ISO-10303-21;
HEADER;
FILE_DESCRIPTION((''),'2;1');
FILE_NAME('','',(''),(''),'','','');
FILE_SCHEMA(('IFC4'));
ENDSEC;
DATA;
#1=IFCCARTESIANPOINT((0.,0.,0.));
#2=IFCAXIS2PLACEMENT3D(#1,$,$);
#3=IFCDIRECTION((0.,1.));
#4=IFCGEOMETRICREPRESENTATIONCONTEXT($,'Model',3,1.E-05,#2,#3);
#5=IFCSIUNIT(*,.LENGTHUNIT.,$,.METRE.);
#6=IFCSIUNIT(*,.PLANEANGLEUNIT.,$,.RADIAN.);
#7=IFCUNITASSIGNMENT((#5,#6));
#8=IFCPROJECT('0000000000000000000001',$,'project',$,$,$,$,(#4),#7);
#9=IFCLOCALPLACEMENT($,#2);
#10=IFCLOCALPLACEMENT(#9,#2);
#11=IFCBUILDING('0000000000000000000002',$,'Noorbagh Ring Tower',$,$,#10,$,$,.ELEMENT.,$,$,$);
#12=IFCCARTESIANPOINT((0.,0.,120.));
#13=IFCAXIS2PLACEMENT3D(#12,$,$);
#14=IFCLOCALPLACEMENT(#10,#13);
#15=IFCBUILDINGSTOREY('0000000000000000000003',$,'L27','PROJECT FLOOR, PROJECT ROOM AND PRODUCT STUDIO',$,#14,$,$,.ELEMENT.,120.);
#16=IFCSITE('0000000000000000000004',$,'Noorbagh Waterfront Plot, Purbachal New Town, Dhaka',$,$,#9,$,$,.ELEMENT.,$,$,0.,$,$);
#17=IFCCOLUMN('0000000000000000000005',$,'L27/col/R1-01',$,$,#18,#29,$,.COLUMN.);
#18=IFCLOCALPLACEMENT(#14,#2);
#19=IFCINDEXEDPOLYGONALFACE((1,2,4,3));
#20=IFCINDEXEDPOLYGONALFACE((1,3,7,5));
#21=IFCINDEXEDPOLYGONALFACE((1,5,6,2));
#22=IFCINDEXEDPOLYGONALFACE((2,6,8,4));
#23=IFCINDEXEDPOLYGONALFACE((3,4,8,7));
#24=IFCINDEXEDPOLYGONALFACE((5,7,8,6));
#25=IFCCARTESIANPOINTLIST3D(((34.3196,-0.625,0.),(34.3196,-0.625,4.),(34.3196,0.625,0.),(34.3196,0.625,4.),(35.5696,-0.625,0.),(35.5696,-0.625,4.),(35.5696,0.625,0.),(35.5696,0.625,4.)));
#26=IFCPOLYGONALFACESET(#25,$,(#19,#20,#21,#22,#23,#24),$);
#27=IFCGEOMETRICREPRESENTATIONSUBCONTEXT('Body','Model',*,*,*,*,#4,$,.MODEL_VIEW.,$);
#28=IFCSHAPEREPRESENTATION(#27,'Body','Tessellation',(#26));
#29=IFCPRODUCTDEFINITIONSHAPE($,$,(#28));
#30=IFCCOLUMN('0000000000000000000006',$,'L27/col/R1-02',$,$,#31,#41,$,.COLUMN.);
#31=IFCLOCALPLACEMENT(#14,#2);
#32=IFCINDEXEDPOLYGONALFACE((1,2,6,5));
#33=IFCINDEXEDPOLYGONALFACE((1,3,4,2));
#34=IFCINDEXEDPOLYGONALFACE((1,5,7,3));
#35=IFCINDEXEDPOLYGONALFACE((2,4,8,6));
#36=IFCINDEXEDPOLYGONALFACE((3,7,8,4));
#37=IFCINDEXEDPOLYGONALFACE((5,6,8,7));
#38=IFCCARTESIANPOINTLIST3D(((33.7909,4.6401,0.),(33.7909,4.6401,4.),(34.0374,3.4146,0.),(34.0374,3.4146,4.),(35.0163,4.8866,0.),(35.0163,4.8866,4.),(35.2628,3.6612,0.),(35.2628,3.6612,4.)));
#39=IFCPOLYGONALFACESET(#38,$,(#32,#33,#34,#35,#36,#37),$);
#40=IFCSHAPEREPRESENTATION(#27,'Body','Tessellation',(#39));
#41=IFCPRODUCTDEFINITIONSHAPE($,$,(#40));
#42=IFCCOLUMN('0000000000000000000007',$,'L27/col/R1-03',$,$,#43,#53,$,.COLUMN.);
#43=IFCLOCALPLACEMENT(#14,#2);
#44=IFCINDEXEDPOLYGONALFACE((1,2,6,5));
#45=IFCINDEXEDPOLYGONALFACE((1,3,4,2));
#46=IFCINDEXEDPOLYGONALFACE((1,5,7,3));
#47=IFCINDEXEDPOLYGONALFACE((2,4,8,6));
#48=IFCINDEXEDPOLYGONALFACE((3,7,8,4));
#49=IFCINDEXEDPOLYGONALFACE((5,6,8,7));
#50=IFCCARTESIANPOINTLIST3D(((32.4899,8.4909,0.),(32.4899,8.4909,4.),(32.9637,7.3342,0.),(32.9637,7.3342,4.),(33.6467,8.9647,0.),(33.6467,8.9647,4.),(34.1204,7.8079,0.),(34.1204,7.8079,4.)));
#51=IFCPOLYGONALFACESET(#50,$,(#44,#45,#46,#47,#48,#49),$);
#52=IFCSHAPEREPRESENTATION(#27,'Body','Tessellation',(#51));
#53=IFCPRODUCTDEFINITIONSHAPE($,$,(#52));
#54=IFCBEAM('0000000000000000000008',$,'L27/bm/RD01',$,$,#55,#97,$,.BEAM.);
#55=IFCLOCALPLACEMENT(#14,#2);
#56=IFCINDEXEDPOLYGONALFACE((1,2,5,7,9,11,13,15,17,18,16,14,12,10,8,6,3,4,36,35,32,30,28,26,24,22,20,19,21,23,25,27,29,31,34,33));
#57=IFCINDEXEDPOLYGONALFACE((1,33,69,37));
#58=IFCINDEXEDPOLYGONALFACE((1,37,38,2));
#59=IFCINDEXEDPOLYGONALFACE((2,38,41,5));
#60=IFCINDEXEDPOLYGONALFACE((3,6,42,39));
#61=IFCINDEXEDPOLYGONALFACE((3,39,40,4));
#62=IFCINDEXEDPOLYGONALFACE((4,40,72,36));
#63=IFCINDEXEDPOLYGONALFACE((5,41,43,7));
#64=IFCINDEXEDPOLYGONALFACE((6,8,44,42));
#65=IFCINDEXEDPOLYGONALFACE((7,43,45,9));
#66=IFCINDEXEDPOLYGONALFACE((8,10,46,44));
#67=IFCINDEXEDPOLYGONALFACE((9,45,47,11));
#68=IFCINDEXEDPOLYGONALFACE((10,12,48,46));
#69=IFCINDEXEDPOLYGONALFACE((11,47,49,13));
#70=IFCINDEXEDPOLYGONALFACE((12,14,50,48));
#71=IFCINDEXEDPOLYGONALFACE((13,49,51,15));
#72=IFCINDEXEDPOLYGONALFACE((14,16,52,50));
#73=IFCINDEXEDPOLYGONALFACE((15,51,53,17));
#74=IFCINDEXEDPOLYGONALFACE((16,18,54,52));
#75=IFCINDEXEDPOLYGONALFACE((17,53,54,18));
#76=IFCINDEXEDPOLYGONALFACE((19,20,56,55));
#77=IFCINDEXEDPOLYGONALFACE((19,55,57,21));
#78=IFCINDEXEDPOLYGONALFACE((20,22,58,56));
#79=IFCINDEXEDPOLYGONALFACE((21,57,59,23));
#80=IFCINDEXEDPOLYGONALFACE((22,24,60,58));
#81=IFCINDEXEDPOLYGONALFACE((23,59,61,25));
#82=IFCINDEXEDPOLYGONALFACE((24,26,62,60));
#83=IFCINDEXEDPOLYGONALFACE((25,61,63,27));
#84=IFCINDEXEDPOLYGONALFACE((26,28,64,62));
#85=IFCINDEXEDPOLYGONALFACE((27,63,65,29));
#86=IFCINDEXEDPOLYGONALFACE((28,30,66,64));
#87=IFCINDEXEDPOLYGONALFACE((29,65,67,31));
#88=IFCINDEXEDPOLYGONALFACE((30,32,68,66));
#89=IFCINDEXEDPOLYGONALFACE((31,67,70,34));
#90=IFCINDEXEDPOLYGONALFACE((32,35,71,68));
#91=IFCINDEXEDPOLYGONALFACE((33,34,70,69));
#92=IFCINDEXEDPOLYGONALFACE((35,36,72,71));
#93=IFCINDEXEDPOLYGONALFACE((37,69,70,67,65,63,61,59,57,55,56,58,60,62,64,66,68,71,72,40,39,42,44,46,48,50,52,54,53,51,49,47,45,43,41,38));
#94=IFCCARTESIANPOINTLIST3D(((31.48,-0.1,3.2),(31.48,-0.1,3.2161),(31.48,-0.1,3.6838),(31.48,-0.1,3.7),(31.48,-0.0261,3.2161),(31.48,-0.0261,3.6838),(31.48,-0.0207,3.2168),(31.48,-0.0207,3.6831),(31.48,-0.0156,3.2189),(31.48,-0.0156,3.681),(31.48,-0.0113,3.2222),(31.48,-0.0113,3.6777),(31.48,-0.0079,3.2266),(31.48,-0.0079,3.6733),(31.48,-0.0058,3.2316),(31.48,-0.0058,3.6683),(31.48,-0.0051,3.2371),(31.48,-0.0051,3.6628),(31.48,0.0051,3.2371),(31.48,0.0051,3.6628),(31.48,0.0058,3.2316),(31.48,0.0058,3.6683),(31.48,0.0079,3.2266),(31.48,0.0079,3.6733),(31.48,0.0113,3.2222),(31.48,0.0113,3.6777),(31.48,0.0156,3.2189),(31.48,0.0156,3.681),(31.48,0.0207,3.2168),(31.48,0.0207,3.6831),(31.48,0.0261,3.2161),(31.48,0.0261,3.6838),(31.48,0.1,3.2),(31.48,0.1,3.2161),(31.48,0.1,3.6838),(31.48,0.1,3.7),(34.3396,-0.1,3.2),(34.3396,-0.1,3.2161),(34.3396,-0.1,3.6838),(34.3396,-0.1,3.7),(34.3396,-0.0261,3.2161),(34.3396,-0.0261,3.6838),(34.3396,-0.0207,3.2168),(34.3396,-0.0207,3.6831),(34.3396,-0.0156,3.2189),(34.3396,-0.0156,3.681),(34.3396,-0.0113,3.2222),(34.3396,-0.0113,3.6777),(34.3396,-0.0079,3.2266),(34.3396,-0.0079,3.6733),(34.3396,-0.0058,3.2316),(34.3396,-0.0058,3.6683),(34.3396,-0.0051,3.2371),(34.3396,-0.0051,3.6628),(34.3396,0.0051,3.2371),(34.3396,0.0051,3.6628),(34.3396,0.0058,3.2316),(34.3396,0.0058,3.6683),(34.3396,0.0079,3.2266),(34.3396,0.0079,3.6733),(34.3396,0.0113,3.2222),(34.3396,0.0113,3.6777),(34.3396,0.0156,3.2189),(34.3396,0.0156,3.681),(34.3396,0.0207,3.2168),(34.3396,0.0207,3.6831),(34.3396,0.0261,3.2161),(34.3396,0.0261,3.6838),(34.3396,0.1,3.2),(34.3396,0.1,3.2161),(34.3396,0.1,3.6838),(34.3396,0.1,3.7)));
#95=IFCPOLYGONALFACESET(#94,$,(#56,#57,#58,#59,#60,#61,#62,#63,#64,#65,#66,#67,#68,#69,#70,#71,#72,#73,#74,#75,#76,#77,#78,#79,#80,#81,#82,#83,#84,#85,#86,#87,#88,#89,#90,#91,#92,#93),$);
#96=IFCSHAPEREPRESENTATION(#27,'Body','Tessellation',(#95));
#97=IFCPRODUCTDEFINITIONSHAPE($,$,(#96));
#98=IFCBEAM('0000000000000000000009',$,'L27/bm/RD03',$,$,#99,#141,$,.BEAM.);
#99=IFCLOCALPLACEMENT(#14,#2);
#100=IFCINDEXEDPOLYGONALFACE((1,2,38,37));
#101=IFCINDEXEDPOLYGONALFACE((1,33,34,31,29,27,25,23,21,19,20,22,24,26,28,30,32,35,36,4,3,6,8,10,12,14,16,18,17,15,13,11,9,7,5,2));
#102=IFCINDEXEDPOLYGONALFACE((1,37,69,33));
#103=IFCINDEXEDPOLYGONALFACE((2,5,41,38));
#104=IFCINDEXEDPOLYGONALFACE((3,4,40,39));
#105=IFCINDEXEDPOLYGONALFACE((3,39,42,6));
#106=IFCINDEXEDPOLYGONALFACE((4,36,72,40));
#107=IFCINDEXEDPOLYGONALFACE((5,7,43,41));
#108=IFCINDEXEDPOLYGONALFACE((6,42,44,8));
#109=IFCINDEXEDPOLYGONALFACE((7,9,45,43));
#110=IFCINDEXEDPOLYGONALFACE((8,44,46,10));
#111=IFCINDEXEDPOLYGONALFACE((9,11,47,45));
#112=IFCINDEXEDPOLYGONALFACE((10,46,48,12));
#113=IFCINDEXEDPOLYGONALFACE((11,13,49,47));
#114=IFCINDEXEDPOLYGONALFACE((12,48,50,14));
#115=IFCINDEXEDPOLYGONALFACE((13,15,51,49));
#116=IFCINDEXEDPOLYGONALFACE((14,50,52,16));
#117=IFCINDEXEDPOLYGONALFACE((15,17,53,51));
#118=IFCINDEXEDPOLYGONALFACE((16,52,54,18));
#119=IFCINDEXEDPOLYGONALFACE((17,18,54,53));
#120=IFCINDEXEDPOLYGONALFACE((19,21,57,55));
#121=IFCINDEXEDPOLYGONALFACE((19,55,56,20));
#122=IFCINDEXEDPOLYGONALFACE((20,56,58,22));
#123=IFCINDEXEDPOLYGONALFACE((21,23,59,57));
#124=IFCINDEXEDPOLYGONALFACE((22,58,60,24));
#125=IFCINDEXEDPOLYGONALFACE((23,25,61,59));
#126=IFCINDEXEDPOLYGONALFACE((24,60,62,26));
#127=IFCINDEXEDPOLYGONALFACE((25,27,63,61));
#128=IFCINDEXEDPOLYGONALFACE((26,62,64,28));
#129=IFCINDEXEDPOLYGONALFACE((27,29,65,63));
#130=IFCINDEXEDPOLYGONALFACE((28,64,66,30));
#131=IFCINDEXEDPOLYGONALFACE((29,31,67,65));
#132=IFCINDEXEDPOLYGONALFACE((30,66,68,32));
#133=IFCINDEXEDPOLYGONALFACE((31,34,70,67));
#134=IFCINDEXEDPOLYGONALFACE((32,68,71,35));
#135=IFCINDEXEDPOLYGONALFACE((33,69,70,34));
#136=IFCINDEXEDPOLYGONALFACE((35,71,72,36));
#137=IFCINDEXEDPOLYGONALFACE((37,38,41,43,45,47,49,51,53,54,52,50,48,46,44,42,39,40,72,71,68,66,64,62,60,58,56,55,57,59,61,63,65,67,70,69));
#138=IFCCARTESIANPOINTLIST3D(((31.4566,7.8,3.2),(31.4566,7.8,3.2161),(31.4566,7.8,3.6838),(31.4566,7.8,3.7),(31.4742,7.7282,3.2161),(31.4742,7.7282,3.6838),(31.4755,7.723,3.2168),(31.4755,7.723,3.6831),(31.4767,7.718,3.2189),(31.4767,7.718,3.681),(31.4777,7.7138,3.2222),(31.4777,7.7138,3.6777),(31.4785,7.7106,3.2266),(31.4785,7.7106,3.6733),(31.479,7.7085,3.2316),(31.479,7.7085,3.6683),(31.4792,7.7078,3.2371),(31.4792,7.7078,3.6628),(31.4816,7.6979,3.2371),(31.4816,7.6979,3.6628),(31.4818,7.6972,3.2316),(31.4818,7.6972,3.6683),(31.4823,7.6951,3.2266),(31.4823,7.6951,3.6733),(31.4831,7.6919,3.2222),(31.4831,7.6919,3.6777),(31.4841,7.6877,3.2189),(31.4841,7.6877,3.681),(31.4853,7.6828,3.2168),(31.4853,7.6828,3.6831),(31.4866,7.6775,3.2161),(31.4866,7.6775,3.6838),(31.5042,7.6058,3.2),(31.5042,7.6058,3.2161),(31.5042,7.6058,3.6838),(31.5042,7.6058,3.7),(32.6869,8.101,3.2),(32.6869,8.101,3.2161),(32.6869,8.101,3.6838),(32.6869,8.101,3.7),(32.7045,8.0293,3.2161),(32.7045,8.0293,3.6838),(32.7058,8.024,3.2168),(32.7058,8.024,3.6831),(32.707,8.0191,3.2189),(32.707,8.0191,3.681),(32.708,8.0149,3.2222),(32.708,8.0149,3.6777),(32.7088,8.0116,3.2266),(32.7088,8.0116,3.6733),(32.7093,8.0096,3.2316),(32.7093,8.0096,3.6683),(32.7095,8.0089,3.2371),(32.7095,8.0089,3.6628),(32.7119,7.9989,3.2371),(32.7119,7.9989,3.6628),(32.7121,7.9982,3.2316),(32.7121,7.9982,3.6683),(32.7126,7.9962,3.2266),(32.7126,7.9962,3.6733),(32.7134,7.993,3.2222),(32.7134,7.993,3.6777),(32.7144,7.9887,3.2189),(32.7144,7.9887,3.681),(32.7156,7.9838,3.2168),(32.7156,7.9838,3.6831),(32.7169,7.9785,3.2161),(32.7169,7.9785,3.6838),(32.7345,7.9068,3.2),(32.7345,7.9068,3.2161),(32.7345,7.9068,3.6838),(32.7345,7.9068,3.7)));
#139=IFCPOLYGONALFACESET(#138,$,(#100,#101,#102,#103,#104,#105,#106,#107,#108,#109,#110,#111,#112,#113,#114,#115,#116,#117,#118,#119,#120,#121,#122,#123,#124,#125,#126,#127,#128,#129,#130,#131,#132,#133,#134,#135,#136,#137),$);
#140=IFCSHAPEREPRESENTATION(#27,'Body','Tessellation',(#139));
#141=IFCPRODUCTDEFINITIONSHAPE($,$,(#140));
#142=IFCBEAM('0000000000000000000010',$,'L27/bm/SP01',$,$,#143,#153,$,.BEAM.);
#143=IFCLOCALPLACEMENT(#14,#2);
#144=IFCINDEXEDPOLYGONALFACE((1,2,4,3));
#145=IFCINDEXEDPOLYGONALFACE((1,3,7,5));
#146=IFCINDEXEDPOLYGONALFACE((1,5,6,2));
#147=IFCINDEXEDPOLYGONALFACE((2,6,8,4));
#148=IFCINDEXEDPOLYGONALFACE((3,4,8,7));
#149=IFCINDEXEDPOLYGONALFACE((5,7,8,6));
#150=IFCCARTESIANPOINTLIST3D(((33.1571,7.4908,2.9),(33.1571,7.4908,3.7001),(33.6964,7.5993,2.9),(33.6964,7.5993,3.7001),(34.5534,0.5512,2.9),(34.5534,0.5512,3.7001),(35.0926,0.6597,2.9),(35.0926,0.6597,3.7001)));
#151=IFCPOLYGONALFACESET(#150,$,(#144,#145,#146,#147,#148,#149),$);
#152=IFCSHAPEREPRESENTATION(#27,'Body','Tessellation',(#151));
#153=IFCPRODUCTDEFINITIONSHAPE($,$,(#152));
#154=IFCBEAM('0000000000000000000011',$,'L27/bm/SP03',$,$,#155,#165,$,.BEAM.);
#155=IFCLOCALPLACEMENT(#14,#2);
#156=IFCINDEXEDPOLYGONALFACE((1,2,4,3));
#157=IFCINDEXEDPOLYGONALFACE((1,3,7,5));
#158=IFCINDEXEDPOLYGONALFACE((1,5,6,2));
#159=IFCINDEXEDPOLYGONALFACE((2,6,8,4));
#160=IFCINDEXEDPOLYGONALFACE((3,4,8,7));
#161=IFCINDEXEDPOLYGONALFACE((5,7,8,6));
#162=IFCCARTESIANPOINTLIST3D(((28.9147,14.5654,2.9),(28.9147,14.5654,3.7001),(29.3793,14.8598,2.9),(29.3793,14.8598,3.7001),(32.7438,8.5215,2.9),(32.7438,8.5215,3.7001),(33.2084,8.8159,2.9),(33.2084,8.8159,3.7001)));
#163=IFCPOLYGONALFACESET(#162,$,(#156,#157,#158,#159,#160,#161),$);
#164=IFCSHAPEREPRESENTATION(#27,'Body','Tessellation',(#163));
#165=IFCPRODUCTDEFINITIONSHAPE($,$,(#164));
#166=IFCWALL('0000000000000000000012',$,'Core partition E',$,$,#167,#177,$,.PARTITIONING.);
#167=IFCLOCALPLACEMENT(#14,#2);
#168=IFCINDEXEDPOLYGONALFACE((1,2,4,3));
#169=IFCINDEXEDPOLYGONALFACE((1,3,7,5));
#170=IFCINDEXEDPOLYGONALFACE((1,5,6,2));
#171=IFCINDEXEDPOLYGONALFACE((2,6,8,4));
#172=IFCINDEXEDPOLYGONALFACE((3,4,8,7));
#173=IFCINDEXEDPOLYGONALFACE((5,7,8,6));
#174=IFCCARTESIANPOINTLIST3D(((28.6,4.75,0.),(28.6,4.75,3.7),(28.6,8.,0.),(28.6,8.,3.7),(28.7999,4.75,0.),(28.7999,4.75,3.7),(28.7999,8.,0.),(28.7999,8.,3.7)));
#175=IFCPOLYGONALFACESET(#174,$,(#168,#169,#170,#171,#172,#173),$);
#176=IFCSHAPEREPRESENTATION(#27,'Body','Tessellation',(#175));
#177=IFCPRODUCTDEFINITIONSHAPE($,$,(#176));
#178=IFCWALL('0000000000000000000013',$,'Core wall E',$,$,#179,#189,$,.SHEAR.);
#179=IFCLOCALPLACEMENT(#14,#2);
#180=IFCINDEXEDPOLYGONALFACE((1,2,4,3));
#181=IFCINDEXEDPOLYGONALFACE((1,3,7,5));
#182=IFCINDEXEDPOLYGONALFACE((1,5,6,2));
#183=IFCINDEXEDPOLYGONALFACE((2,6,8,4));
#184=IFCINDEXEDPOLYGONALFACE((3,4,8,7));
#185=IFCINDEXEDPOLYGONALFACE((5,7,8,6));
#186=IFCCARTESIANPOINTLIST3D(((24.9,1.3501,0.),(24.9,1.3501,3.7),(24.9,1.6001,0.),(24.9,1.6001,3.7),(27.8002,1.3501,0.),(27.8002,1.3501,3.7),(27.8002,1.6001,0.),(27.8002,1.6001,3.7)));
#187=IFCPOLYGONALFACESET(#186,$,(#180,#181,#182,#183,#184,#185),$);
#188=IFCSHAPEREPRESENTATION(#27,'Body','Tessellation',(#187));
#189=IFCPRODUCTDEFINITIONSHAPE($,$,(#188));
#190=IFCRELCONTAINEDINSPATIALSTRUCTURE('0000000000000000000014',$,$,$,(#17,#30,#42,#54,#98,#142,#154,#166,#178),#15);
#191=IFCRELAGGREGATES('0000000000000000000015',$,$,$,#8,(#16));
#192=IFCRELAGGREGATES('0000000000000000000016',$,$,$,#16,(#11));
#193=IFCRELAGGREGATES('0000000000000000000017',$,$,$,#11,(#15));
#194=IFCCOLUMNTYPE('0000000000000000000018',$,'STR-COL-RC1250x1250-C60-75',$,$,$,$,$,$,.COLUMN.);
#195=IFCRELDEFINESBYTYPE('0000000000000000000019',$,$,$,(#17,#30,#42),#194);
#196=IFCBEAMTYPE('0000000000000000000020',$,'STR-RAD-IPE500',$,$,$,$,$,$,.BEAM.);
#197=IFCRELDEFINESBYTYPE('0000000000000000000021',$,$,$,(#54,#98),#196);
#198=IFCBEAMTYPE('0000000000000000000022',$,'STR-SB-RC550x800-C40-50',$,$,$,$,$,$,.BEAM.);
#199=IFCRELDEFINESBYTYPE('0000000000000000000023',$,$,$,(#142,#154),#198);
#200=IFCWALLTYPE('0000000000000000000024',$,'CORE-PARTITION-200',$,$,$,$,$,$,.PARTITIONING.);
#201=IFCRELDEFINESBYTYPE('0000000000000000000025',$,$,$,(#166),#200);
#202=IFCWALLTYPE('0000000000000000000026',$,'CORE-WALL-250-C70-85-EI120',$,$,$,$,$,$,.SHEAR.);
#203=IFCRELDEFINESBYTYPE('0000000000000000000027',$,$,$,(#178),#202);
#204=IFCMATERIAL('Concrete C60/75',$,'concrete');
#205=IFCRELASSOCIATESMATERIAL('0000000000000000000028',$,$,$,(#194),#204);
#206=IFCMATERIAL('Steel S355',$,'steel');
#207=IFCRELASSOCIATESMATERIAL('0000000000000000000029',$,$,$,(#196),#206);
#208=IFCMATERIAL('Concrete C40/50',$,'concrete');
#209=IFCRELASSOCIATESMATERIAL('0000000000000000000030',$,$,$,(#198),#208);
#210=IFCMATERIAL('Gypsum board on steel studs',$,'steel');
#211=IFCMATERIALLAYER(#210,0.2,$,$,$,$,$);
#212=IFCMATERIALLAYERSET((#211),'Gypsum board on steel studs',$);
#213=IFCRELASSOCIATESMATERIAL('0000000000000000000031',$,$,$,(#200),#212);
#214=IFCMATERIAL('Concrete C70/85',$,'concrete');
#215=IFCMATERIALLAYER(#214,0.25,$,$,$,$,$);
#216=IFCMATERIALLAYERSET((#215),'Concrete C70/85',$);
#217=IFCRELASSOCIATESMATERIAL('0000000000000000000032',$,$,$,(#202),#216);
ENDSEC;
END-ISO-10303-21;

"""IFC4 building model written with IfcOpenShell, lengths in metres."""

from ifc_helpers import new_model, si_unit, direction, frame, frame_2d, origin, origin_2d, place, context, subcontext, project, spatial, rectangle, i_section, extrude, material, layer, layer_set, material_profile, profile_set, type_object, element, save


model = new_model("IFC4")

# Units and contexts
model_context = context("Model", 3, precision=1e-05, world=origin(), true_north=direction((0.0, 1.0)))
body_context = subcontext(model_context, "Body", "Model", "MODEL_VIEW")
ifc_project = project(units=[si_unit("LENGTHUNIT", "METRE"), si_unit("PLANEANGLEUNIT", "RADIAN")], contexts=[model_context])

# Site, building, storey
site_placement = place(None, origin())
site = spatial("IfcSite", under=ifc_project, at=site_placement, Name="Noorbagh Waterfront Plot, Purbachal New Town, Dhaka", CompositionType="ELEMENT", RefElevation=0.0)
building_placement = place(site_placement, origin())
building = spatial("IfcBuilding", under=site, at=building_placement, Name="Noorbagh Ring Tower", CompositionType="ELEMENT")
storey_placement = place(building_placement, frame((0.0, 0.0, 120.0)))
storey = spatial("IfcBuildingStorey", under=building, at=storey_placement, Name="L27", Description="PROJECT FLOOR, PROJECT ROOM AND PRODUCT STUDIO", CompositionType="ELEMENT", Elevation=120.0)

# Columns
ifc_material_1 = material(Name="Concrete C60/75", Category="concrete")
ifc_material_profile_1 = material_profile(ifc_material_1, rectangle(XDim=1.25, YDim=1.25, at=origin_2d()), Name="RC1250x1250")
ifc_profile_set_1 = profile_set([ifc_material_profile_1], Name="Concrete C60/75")
column_type = type_object("IfcColumnType", Name="STR-COL-RC1250x1250-C60-75", PredefinedType="COLUMN", material=ifc_profile_set_1)
for number, where, z_axis, x_axis, name in (
    (1, (34.9446, 0.0, 0.0), (0.0, 0.0, 1.0), (0.0, 1.0, 0.0), "L27/col/R1-01"),
    (2, (34.5269, 4.1506, 0.0), (0.0, 0.0, 1.0), (-0.19723, 0.980357, 0.0), "L27/col/R1-02"),
    (3, (33.3052, 8.1494, 0.0), (0.0, 0.0, 1.0), (-0.378989, 0.925401, 0.0), "L27/col/R1-03"),
):
    element("IfcColumn", number, at=place(storey_placement, frame(where, z_axis=z_axis, x_axis=x_axis)), inside=storey, type_object=column_type, Name=name, PredefinedType="COLUMN", context=body_context, shape_type="SweptSolid", body=[
        extrude(rectangle(XDim=1.25, YDim=1.25, at=origin_2d()), origin(), (0.0, 0.0, 1.0), 4.0),
    ])

# Beams
ifc_material_2 = material(Name="Steel S355", Category="steel")
ifc_material_profile_2 = material_profile(ifc_material_2, i_section(OverallWidth=0.2, OverallDepth=0.5, WebThickness=0.0103, FlangeThickness=0.0161, FilletRadius=0.021, at=origin_2d()), Name="IPE500")
ifc_profile_set_2 = profile_set([ifc_material_profile_2], Name="Steel S355")
beam_type_1 = type_object("IfcBeamType", Name="STR-RAD-IPE500", PredefinedType="BEAM", material=ifc_profile_set_2)
beam_1_placement = place(storey_placement, frame((34.3396, 0.0, 3.45), z_axis=(-1.0, 0.0, 0.0), x_axis=(0.0, -1.0, 0.0)))
element("IfcBeam", 4, at=beam_1_placement, inside=storey, type_object=beam_type_1, Name="L27/bm/RD01", PredefinedType="BEAM", context=body_context, shape_type="SweptSolid", body=[
    extrude(i_section(OverallWidth=0.2, OverallDepth=0.5, WebThickness=0.0103, FlangeThickness=0.0161, FilletRadius=0.021, at=origin_2d()), origin(), (0.0, 0.0, 1.0), 2.8596),
])
beam_2_placement = place(storey_placement, frame((32.7107, 8.0039, 3.45), z_axis=(-0.971344, -0.237679, 0.0), x_axis=(0.237679, -0.971344, 0.0)))
element("IfcBeam", 5, at=beam_2_placement, inside=storey, type_object=beam_type_1, Name="L27/bm/RD03", PredefinedType="BEAM", context=body_context, shape_type="SweptSolid", body=[
    extrude(i_section(OverallWidth=0.2, OverallDepth=0.5, WebThickness=0.0103, FlangeThickness=0.0161, FilletRadius=0.021, at=origin_2d()), origin(), (0.0, 0.0, 1.0), 1.2666),
])
ifc_material_3 = material(Name="Concrete C40/50", Category="concrete")
ifc_material_profile_3 = material_profile(ifc_material_3, rectangle(XDim=0.55, YDim=0.8, at=origin_2d()), Name="RC550x800")
ifc_profile_set_3 = profile_set([ifc_material_profile_3], Name="Concrete C40/50")
beam_type_2 = type_object("IfcBeamType", Name="STR-SB-RC550x800-C40-50", PredefinedType="BEAM", material=ifc_profile_set_3)
beam_3_placement = place(storey_placement, frame((34.823, 0.6055, 3.3), z_axis=(-0.19725, 0.980353, 0.0), x_axis=(-0.980353, -0.19725, 0.0)))
element("IfcBeam", 6, at=beam_3_placement, inside=storey, type_object=beam_type_2, Name="L27/bm/SP01", PredefinedType="BEAM", context=body_context, shape_type="SweptSolid", body=[
    extrude(rectangle(XDim=0.55, YDim=0.8, at=origin_2d()), origin(), (0.0, 0.0, 1.0), 7.0786),
])
beam_4_placement = place(storey_placement, frame((32.9761, 8.6687, 3.3), z_axis=(-0.535179, 0.844739, 0.0), x_axis=(-0.844739, -0.535179, 0.0)))
element("IfcBeam", 7, at=beam_4_placement, inside=storey, type_object=beam_type_2, Name="L27/bm/SP03", PredefinedType="BEAM", context=body_context, shape_type="SweptSolid", body=[
    extrude(rectangle(XDim=0.55, YDim=0.8, at=origin_2d()), origin(), (0.0, 0.0, 1.0), 7.1548),
])

# Walls
ifc_material_4 = material(Name="Gypsum board on steel studs", Category="steel")
ifc_layer_1 = layer(ifc_material_4, 0.2)
ifc_layer_set_1 = layer_set([ifc_layer_1], Name="Gypsum board on steel studs")
wall_type_1 = type_object("IfcWallType", Name="CORE-PARTITION-200", PredefinedType="PARTITIONING", material=ifc_layer_set_1)
wall_1_placement = place(storey_placement, frame((28.7, 4.75, 0.0), z_axis=(0.0, 0.0, 1.0), x_axis=(0.0, 1.0, 0.0)))
element("IfcWall", 8, at=wall_1_placement, inside=storey, type_object=wall_type_1, Name="Core partition E", PredefinedType="PARTITIONING", context=body_context, shape_type="SweptSolid", body=[
    extrude(rectangle(XDim=3.25, YDim=0.2, at=frame_2d((1.625, 0.0))), origin(), (0.0, 0.0, 1.0), 3.7),
])
ifc_material_5 = material(Name="Concrete C70/85", Category="concrete")
ifc_layer_2 = layer(ifc_material_5, 0.25)
ifc_layer_set_2 = layer_set([ifc_layer_2], Name="Concrete C70/85")
wall_type_2 = type_object("IfcWallType", Name="CORE-WALL-250-C70-85-EI120", PredefinedType="SHEAR", material=ifc_layer_set_2)
wall_2_placement = place(storey_placement, frame((24.8999, 1.4751, 0.0), z_axis=(0.0, 0.0, 1.0), x_axis=(1.0, 0.0, 0.0)))
element("IfcWall", 9, at=wall_2_placement, inside=storey, type_object=wall_type_2, Name="Core wall E", PredefinedType="SHEAR", context=body_context, shape_type="SweptSolid", body=[
    extrude(rectangle(XDim=2.9001, YDim=0.25, at=frame_2d((1.4502, 0.0))), origin(), (0.0, 0.0, 1.0), 3.7),
])

save(model, "model.ifc")
